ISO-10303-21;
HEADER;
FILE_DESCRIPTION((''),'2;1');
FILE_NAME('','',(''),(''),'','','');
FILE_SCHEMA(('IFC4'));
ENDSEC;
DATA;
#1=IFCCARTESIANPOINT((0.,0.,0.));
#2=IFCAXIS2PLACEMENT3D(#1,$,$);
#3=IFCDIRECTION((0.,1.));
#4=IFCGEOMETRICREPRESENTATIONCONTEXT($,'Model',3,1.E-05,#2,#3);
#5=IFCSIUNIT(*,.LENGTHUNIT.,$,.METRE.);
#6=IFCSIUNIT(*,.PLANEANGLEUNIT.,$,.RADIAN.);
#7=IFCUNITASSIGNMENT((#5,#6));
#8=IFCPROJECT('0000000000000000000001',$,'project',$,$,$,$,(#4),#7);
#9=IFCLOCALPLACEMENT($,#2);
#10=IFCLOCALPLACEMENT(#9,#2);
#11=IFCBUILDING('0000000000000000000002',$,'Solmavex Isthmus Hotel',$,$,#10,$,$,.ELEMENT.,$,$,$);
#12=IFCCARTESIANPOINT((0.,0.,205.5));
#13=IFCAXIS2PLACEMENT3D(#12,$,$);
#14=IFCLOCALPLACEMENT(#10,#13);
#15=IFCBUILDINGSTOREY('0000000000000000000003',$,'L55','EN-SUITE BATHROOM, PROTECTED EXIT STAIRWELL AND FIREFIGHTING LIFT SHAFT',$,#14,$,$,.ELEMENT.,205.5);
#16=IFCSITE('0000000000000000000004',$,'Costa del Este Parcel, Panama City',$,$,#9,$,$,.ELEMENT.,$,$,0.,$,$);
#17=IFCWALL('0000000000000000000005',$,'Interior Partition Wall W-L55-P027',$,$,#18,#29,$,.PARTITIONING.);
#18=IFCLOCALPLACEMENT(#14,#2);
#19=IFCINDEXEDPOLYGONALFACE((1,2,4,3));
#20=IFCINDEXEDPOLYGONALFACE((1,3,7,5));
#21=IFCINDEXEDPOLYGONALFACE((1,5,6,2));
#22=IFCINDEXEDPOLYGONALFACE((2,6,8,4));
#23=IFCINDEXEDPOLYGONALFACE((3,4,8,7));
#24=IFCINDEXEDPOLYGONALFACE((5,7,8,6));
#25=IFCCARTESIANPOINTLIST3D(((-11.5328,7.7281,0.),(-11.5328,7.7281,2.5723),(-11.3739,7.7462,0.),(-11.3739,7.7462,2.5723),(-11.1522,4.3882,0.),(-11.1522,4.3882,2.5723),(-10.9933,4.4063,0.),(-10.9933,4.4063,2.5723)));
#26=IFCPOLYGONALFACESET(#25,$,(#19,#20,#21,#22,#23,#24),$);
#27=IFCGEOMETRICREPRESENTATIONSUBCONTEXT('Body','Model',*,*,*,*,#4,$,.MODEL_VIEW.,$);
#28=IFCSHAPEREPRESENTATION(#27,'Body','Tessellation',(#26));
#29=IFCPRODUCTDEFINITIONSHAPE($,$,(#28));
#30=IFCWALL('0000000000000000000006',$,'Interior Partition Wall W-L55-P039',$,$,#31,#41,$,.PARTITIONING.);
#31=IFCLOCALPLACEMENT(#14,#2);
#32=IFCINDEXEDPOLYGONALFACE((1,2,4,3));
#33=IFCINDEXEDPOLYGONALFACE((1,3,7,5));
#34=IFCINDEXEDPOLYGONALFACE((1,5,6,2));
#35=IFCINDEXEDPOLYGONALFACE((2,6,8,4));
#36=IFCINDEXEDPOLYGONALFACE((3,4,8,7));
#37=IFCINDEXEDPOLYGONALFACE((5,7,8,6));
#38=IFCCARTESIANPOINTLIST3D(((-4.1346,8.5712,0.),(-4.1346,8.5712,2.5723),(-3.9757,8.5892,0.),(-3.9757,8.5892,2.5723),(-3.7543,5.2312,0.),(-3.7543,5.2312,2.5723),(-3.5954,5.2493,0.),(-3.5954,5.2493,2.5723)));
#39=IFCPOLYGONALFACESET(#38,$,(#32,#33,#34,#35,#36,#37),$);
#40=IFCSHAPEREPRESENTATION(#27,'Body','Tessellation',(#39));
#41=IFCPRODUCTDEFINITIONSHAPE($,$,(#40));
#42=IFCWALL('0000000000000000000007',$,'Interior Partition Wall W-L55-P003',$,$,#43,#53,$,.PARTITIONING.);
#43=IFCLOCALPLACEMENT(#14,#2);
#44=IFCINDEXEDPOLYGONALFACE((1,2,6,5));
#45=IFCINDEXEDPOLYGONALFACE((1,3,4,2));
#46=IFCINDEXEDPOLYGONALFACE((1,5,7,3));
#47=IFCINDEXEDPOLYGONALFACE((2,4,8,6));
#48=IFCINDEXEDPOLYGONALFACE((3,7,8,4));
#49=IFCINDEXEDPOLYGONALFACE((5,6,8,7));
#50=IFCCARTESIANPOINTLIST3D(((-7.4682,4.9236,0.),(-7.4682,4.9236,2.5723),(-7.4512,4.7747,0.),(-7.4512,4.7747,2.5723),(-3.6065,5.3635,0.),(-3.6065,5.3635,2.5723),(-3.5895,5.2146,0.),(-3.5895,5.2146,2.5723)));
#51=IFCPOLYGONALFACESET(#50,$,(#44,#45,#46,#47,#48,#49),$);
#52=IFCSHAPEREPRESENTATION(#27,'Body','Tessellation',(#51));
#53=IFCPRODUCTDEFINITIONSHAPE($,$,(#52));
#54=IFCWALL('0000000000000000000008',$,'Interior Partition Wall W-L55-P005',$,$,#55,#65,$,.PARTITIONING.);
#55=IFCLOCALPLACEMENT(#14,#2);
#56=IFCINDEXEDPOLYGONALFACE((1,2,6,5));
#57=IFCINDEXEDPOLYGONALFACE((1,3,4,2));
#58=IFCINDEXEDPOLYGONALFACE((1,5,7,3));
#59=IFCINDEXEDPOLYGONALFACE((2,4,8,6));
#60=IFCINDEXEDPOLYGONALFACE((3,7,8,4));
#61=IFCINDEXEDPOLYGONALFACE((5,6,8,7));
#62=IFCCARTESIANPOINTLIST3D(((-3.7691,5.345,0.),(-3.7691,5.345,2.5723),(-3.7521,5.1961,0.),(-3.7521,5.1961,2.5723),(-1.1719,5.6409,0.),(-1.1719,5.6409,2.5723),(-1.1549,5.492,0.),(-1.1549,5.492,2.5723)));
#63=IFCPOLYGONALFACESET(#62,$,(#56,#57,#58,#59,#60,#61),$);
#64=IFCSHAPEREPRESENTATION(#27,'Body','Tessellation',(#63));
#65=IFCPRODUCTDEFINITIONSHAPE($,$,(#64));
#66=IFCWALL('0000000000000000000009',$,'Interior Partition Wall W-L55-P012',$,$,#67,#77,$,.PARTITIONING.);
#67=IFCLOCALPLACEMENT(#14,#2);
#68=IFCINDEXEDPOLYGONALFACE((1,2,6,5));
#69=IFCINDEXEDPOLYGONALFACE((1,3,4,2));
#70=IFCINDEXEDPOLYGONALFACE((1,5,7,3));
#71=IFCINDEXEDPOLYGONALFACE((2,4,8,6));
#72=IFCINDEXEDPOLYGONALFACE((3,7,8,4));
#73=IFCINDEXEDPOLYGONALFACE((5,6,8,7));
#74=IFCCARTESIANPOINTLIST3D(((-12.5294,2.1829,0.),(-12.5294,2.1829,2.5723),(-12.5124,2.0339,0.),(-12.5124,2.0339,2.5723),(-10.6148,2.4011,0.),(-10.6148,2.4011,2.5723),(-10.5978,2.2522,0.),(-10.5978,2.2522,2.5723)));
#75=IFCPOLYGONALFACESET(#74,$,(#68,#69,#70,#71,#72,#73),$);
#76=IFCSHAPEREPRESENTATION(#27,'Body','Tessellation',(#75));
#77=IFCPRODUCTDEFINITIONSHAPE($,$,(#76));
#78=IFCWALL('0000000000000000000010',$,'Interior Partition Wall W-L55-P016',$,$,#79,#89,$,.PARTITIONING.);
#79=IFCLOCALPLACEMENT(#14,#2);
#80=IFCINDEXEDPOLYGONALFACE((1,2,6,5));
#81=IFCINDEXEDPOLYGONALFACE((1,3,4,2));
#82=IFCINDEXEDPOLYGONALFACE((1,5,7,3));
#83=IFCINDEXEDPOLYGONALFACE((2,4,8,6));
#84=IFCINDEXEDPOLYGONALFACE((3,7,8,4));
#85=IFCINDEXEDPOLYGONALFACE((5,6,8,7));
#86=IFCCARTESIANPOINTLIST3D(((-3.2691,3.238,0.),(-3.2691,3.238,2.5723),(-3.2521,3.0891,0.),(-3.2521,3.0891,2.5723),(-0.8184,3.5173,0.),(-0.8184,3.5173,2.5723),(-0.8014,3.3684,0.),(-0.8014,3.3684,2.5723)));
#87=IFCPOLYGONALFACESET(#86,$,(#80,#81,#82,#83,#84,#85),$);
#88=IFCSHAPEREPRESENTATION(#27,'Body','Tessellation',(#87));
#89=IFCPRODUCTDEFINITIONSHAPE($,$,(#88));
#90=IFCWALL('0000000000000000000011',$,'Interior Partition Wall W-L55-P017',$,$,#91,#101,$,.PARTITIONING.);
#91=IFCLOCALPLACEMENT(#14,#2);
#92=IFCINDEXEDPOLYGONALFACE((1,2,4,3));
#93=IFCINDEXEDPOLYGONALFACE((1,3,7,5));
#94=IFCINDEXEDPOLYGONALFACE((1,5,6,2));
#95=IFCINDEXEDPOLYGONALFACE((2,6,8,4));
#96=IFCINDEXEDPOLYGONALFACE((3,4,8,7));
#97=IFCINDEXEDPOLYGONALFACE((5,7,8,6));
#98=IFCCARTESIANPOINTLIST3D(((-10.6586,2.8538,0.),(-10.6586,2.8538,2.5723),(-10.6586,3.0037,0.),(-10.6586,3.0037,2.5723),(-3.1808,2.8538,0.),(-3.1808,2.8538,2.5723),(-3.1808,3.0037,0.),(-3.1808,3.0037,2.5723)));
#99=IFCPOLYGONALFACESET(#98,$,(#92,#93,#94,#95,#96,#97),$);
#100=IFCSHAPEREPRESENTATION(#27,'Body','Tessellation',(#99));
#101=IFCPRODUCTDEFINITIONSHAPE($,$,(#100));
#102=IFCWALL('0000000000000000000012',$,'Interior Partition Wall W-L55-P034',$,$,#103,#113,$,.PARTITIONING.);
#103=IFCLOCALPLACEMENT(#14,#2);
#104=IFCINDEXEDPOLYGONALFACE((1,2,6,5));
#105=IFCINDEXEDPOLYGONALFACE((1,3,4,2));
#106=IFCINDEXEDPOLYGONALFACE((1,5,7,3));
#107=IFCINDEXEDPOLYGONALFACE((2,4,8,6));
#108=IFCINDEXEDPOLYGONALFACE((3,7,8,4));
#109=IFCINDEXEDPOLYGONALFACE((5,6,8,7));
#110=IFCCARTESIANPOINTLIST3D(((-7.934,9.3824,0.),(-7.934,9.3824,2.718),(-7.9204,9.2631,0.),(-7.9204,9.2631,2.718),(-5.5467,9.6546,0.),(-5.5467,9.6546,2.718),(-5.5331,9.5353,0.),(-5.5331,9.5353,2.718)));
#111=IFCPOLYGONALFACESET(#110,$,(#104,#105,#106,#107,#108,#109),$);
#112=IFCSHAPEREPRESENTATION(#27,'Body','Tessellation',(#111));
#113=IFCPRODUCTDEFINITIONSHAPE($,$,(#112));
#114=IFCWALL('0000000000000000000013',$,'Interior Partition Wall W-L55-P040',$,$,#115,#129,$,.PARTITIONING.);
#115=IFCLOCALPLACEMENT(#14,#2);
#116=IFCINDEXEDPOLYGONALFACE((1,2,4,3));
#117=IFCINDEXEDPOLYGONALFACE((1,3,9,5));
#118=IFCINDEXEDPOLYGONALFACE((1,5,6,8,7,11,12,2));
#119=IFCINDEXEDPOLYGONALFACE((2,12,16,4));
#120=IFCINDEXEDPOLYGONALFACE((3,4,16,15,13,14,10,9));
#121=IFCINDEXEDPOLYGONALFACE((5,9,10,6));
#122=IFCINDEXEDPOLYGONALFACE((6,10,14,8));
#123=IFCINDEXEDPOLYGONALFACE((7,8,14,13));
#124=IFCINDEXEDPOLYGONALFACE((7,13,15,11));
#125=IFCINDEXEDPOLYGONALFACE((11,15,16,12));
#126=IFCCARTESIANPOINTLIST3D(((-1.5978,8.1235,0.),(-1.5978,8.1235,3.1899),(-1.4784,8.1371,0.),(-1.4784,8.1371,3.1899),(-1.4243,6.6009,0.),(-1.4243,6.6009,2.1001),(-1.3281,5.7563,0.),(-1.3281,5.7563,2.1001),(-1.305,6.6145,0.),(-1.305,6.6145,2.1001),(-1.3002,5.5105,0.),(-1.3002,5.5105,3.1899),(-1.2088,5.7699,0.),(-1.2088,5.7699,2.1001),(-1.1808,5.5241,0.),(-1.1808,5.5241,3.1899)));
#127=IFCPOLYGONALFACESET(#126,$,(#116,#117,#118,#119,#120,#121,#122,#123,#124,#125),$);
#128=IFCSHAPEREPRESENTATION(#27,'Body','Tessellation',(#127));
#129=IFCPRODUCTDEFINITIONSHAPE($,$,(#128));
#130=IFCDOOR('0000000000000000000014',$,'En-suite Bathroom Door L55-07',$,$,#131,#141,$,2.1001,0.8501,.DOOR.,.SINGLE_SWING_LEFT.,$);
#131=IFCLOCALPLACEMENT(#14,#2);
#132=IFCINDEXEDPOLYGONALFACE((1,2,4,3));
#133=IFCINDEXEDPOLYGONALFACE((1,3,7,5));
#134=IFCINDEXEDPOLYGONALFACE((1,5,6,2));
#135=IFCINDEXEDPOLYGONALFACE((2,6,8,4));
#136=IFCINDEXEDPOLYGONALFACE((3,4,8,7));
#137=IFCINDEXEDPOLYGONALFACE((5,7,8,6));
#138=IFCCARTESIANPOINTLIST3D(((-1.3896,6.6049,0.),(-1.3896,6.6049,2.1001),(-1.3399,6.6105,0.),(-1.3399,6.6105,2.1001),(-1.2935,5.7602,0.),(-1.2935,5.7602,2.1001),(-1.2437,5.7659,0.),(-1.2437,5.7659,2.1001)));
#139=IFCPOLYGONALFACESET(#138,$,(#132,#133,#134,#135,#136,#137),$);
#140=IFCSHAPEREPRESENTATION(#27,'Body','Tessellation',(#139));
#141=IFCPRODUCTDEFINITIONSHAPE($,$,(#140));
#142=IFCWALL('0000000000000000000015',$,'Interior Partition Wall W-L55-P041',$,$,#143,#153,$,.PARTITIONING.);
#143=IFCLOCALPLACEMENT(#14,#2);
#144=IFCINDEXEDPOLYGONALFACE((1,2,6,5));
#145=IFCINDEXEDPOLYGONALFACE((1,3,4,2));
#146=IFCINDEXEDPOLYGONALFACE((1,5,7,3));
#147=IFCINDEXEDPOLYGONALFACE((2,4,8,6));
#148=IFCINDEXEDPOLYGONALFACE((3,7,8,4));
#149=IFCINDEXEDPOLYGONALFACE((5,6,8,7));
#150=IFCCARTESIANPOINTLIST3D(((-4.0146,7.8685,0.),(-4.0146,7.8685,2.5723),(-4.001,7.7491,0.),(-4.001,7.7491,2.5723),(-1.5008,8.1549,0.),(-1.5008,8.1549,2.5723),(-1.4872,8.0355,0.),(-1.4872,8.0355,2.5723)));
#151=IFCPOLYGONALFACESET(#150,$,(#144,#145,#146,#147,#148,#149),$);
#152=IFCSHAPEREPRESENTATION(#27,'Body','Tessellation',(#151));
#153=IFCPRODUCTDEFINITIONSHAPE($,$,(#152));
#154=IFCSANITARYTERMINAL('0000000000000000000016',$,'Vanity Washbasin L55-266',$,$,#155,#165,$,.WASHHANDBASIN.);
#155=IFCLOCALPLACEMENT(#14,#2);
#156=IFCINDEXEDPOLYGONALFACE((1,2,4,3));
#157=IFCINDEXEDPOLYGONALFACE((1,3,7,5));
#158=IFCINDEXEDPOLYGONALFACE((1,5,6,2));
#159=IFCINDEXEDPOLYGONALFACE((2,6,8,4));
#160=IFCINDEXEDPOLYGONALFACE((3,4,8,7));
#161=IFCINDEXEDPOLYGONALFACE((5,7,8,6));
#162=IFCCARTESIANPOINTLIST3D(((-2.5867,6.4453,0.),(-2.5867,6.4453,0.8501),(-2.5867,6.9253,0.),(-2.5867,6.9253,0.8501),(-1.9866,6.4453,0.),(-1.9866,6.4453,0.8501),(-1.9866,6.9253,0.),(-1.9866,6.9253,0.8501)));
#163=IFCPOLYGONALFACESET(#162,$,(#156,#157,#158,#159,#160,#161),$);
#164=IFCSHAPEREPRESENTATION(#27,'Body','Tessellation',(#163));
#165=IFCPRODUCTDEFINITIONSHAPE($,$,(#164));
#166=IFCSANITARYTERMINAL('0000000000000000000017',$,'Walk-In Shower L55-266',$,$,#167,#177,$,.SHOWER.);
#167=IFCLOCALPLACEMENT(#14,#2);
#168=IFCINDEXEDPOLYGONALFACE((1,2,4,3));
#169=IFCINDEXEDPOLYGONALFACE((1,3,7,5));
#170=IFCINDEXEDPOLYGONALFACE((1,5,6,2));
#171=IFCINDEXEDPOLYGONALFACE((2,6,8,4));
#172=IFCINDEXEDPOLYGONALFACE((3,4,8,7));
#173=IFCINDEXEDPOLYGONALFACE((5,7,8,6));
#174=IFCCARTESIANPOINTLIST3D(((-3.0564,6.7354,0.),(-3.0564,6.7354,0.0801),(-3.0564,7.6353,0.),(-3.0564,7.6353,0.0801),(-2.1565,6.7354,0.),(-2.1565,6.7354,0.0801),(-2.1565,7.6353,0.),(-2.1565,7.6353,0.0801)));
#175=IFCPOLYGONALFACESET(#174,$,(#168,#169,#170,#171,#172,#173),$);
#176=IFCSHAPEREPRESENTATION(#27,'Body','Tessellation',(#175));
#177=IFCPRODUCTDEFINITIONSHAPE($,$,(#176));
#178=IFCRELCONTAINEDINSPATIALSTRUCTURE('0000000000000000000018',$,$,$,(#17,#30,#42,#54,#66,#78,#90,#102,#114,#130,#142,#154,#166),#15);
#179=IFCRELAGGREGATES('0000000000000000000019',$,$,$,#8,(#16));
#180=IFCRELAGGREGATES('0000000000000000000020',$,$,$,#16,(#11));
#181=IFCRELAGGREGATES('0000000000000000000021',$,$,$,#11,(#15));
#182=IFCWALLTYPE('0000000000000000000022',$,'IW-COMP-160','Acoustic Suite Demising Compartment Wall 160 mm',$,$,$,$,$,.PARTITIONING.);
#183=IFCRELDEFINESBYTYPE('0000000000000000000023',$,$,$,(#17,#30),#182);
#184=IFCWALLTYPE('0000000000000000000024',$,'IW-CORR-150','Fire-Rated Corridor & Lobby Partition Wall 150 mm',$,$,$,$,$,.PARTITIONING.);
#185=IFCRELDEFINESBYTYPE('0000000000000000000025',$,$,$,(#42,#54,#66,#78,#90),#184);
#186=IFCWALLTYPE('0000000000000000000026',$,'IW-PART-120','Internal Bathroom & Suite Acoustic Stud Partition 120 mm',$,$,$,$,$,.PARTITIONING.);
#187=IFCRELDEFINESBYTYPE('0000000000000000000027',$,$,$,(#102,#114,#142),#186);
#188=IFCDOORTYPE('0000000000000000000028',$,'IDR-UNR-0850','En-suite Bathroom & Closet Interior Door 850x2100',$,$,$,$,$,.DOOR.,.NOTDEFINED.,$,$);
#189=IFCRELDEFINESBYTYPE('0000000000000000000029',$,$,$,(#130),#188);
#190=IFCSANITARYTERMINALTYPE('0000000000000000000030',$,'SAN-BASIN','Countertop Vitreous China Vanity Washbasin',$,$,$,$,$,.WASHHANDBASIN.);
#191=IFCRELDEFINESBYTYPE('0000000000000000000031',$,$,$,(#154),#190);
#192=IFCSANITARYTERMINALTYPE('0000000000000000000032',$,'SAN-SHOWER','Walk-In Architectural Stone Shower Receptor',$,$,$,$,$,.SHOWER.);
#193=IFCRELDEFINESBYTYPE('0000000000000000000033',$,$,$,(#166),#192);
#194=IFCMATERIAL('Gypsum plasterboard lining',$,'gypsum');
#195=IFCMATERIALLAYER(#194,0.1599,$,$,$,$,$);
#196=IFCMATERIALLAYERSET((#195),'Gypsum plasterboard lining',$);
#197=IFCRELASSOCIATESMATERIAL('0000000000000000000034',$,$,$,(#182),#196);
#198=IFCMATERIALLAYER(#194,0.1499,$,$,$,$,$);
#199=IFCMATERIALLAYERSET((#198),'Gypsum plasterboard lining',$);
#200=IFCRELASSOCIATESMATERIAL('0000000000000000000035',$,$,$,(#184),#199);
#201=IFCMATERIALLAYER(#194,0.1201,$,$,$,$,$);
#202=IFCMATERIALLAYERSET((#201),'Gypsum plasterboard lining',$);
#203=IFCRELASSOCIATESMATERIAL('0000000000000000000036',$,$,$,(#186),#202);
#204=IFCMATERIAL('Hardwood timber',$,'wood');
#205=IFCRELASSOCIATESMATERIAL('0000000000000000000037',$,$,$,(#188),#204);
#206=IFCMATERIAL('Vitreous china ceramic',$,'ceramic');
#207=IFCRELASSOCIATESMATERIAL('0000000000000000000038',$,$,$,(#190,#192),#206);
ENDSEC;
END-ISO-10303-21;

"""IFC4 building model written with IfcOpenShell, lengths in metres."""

from ifc_helpers import new_model, si_unit, direction, frame, frame_2d, origin, origin_2d, place, context, subcontext, project, spatial, rectangle, extrude, material, layer, layer_set, type_object, element, fill, save


model = new_model("IFC4")

# Units and contexts
model_context = context("Model", 3, precision=1e-05, world=origin(), true_north=direction((0.0, 1.0)))
body_context = subcontext(model_context, "Body", "Model", "MODEL_VIEW")
ifc_project = project(units=[si_unit("LENGTHUNIT", "METRE"), si_unit("PLANEANGLEUNIT", "RADIAN")], contexts=[model_context])

# Site, building, storey
site_placement = place(None, origin())
site = spatial("IfcSite", under=ifc_project, at=site_placement, Name="Costa del Este Parcel, Panama City", CompositionType="ELEMENT", RefElevation=0.0)
building_placement = place(site_placement, origin())
building = spatial("IfcBuilding", under=site, at=building_placement, Name="Solmavex Isthmus Hotel", CompositionType="ELEMENT")
storey_placement = place(building_placement, frame((0.0, 0.0, 205.5)))
storey = spatial("IfcBuildingStorey", under=building, at=storey_placement, Name="L55", Description="EN-SUITE BATHROOM, PROTECTED EXIT STAIRWELL AND FIREFIGHTING LIFT SHAFT", CompositionType="ELEMENT", Elevation=205.5)

# Wall
ifc_material_1 = material(Name="Gypsum plasterboard lining", Category="gypsum")
ifc_layer_1 = layer(ifc_material_1, 0.1599)
ifc_layer_set_1 = layer_set([ifc_layer_1], Name="Gypsum plasterboard lining")
wall_type_1 = type_object("IfcWallType", Name="IW-COMP-160", Description="Acoustic Suite Demising Compartment Wall 160 mm", PredefinedType="PARTITIONING", material=ifc_layer_set_1)
wall_1_placement = place(storey_placement, frame((-11.4534, 7.7371, 0.0), z_axis=(0.0, 0.0, 1.0), x_axis=(0.113229, -0.993569, 0.0)))
element("IfcWall", 1, at=wall_1_placement, inside=storey, type_object=wall_type_1, Name="Interior Partition Wall W-L55-P027", PredefinedType="PARTITIONING", context=body_context, shape_type="SweptSolid", body=[
    extrude(rectangle(XDim=3.3616, YDim=0.1599, at=frame_2d((1.6807, 0.0))), origin(), (0.0, 0.0, 1.0), 2.5723),
])

# Shared definitions
ifc_material_2 = material(Name="Hardwood timber", Category="wood")

# Wall
wall_2_placement = place(storey_placement, frame((-4.0552, 8.5801, 0.0), z_axis=(0.0, 0.0, 1.0), x_axis=(0.113149, -0.993578, 0.0)))
element("IfcWall", 2, at=wall_2_placement, inside=storey, type_object=wall_type_1, Name="Interior Partition Wall W-L55-P039", PredefinedType="PARTITIONING", context=body_context, shape_type="SweptSolid", body=[
    extrude(rectangle(XDim=3.3616, YDim=0.1599, at=frame_2d((1.6807, 0.0))), origin(), (0.0, 0.0, 1.0), 2.5723),
])

# Shared definitions
ifc_layer_2 = layer(ifc_material_1, 0.1499)
ifc_layer_set_2 = layer_set([ifc_layer_2], Name="Gypsum plasterboard lining")
wall_type_2 = type_object("IfcWallType", Name="IW-CORR-150", Description="Fire-Rated Corridor & Lobby Partition Wall 150 mm", PredefinedType="PARTITIONING", material=ifc_layer_set_2)

# Wall
wall_3_placement = place(storey_placement, frame((-7.4597, 4.8491, 0.0), z_axis=(0.0, 0.0, 1.0), x_axis=(0.993574, 0.113189, 0.0)))
element("IfcWall", 3, at=wall_3_placement, inside=storey, type_object=wall_type_2, Name="Interior Partition Wall W-L55-P003", PredefinedType="PARTITIONING", context=body_context, shape_type="SweptSolid", body=[
    extrude(rectangle(XDim=3.8867, YDim=0.1499, at=frame_2d((1.9434, 0.0))), origin(), (0.0, 0.0, 1.0), 2.5723),
])

# Walls
wall_4_placement = place(storey_placement, frame((-3.7607, 5.2705, 0.0), z_axis=(0.0, 0.0, 1.0), x_axis=(0.993572, 0.113199, 0.0)))
element("IfcWall", 4, at=wall_4_placement, inside=storey, type_object=wall_type_2, Name="Interior Partition Wall W-L55-P005", PredefinedType="PARTITIONING", context=body_context, shape_type="SweptSolid", body=[
    extrude(rectangle(XDim=2.614, YDim=0.1499, at=frame_2d((1.3071, 0.0))), origin(), (0.0, 0.0, 1.0), 2.5723),
])
wall_5_placement = place(storey_placement, frame((-10.6064, 2.3267, 0.0), z_axis=(0.0, 0.0, 1.0), x_axis=(-0.993564, -0.113268, 0.0)))
element("IfcWall", 5, at=wall_5_placement, inside=storey, type_object=wall_type_2, Name="Interior Partition Wall W-L55-P012", PredefinedType="PARTITIONING", context=body_context, shape_type="SweptSolid", body=[
    extrude(rectangle(XDim=1.927, YDim=0.1499, at=frame_2d((0.9634, 0.0))), origin(), (0.0, 0.0, 1.0), 2.5723),
])
wall_6_placement = place(storey_placement, frame((-0.8098, 3.4429, 0.0), z_axis=(0.0, 0.0, 1.0), x_axis=(-0.993568, -0.113234, 0.0)))
element("IfcWall", 6, at=wall_6_placement, inside=storey, type_object=wall_type_2, Name="Interior Partition Wall W-L55-P016", PredefinedType="PARTITIONING", context=body_context, shape_type="SweptSolid", body=[
    extrude(rectangle(XDim=2.4666, YDim=0.1499, at=frame_2d((1.2334, 0.0))), origin(), (0.0, 0.0, 1.0), 2.5723),
])
wall_7_placement = place(storey_placement, frame((-3.1809, 2.9287, 0.0), z_axis=(0.0, 0.0, 1.0), x_axis=(-1.0, 0.0, 0.0)))
element("IfcWall", 7, at=wall_7_placement, inside=storey, type_object=wall_type_2, Name="Interior Partition Wall W-L55-P017", PredefinedType="PARTITIONING", context=body_context, shape_type="SweptSolid", body=[
    extrude(rectangle(XDim=7.4778, YDim=0.1499, at=frame_2d((3.7388, 0.0))), origin(), (0.0, 0.0, 1.0), 2.5723),
])
ifc_layer_3 = layer(ifc_material_1, 0.1201)
ifc_layer_set_3 = layer_set([ifc_layer_3], Name="Gypsum plasterboard lining")
wall_type_3 = type_object("IfcWallType", Name="IW-PART-120", Description="Internal Bathroom & Suite Acoustic Stud Partition 120 mm", PredefinedType="PARTITIONING", material=ifc_layer_set_3)
wall_8_placement = place(storey_placement, frame((-7.9272, 9.3228, 0.0), z_axis=(0.0, 0.0, 1.0), x_axis=(0.993562, 0.113286, 0.0)))
element("IfcWall", 8, at=wall_8_placement, inside=storey, type_object=wall_type_3, Name="Interior Partition Wall W-L55-P034", PredefinedType="PARTITIONING", context=body_context, shape_type="SweptSolid", body=[
    extrude(rectangle(XDim=2.4028, YDim=0.1201, at=frame_2d((1.2014, 0.0))), origin(), (0.0, 0.0, 1.0), 2.718),
])

# Wall, opening, door
wall_9_placement = place(storey_placement, frame((-1.2405, 5.5173, 0.0), z_axis=(0.0, 0.0, 1.0), x_axis=(-0.113162, 0.993577, 0.0)))
wall_9 = element("IfcWall", 9, at=wall_9_placement, inside=storey, type_object=wall_type_3, Name="Interior Partition Wall W-L55-P040", PredefinedType="PARTITIONING", context=body_context, shape_type="SweptSolid", body=[
    extrude(rectangle(XDim=2.6299, YDim=0.1201, at=frame_2d((1.3149, 0.0))), origin(), (0.0, 0.0, 1.0), 3.1899),
])
opening_1_placement = place(wall_9_placement, frame((0.2473, 0.0, 0.0)))
opening_1 = element("IfcOpeningElement", 10, at=opening_1_placement, cuts=wall_9, PredefinedType="OPENING", context=body_context, shape_type="SweptSolid", body=[
    extrude(rectangle(XDim=0.8501, YDim=2.1001, at=frame_2d((0.425, 1.05))), frame((0.0, 0.0701, 0.0), z_axis=(0.0, -1.0, 0.0), x_axis=(1.0, 0.0, 0.0)), (0.0, 0.0, 1.0), 0.1401),
])
door_type_1 = type_object("IfcDoorType", Name="IDR-UNR-0850", Description="En-suite Bathroom & Closet Interior Door 850x2100", OperationType="NOTDEFINED", PredefinedType="DOOR", material=ifc_material_2)
door_1_placement = place(opening_1_placement, frame((0.8501, 0.0, 0.0), z_axis=(0.0, 0.0, 1.0), x_axis=(-1.0, 0.0, 0.0)))
door_1 = element("IfcDoor", 11, at=door_1_placement, inside=storey, type_object=door_type_1, Name="En-suite Bathroom Door L55-07", OperationType="SINGLE_SWING_LEFT", OverallHeight=2.1001, OverallWidth=0.8501, PredefinedType="DOOR", context=body_context, shape_type="SweptSolid", body=[
    extrude(rectangle(XDim=0.8501, YDim=2.1001, at=frame_2d((0.425, 1.05))), frame((0.0, 0.0249, 0.0), z_axis=(0.0, -1.0, 0.0), x_axis=(1.0, 0.0, 0.0)), (0.0, 0.0, 1.0), 0.05),
])
fill(opening_1, door_1)

# Wall
wall_10_placement = place(storey_placement, frame((-1.4939, 8.0952, 0.0), z_axis=(0.0, 0.0, 1.0), x_axis=(-0.993573, -0.113195, 0.0)))
element("IfcWall", 12, at=wall_10_placement, inside=storey, type_object=wall_type_3, Name="Interior Partition Wall W-L55-P041", PredefinedType="PARTITIONING", context=body_context, shape_type="SweptSolid", body=[
    extrude(rectangle(XDim=2.53, YDim=0.1201, at=frame_2d((1.2651, 0.0))), origin(), (0.0, 0.0, 1.0), 2.5723),
])

# Sanitary terminals
ifc_material_3 = material(Name="Vitreous china ceramic", Category="ceramic")
sanitary_terminal_type_1 = type_object("IfcSanitaryTerminalType", Name="SAN-BASIN", Description="Countertop Vitreous China Vanity Washbasin", PredefinedType="WASHHANDBASIN", material=ifc_material_3)
sanitary_terminal_1_placement = place(storey_placement, frame((-2.2866, 6.6853, 0.0), z_axis=(0.0, 0.0, 1.0), x_axis=(1.0, 0.0, 0.0)))
element("IfcSanitaryTerminal", 13, at=sanitary_terminal_1_placement, inside=storey, type_object=sanitary_terminal_type_1, Name="Vanity Washbasin L55-266", PredefinedType="WASHHANDBASIN", context=body_context, shape_type="SweptSolid", body=[
    extrude(rectangle(XDim=0.6001, YDim=0.48, at=origin_2d()), origin(), (0.0, 0.0, 1.0), 0.8501),
])
sanitary_terminal_type_2 = type_object("IfcSanitaryTerminalType", Name="SAN-SHOWER", Description="Walk-In Architectural Stone Shower Receptor", PredefinedType="SHOWER", material=ifc_material_3)
sanitary_terminal_2_placement = place(storey_placement, frame((-2.6064, 7.1853, 0.0), z_axis=(0.0, 0.0, 1.0), x_axis=(1.0, 0.0, 0.0)))
element("IfcSanitaryTerminal", 14, at=sanitary_terminal_2_placement, inside=storey, type_object=sanitary_terminal_type_2, Name="Walk-In Shower L55-266", PredefinedType="SHOWER", context=body_context, shape_type="SweptSolid", body=[
    extrude(rectangle(XDim=0.8999, YDim=0.8999, at=origin_2d()), origin(), (0.0, 0.0, 1.0), 0.0801),
])

save(model, "model.ifc")
